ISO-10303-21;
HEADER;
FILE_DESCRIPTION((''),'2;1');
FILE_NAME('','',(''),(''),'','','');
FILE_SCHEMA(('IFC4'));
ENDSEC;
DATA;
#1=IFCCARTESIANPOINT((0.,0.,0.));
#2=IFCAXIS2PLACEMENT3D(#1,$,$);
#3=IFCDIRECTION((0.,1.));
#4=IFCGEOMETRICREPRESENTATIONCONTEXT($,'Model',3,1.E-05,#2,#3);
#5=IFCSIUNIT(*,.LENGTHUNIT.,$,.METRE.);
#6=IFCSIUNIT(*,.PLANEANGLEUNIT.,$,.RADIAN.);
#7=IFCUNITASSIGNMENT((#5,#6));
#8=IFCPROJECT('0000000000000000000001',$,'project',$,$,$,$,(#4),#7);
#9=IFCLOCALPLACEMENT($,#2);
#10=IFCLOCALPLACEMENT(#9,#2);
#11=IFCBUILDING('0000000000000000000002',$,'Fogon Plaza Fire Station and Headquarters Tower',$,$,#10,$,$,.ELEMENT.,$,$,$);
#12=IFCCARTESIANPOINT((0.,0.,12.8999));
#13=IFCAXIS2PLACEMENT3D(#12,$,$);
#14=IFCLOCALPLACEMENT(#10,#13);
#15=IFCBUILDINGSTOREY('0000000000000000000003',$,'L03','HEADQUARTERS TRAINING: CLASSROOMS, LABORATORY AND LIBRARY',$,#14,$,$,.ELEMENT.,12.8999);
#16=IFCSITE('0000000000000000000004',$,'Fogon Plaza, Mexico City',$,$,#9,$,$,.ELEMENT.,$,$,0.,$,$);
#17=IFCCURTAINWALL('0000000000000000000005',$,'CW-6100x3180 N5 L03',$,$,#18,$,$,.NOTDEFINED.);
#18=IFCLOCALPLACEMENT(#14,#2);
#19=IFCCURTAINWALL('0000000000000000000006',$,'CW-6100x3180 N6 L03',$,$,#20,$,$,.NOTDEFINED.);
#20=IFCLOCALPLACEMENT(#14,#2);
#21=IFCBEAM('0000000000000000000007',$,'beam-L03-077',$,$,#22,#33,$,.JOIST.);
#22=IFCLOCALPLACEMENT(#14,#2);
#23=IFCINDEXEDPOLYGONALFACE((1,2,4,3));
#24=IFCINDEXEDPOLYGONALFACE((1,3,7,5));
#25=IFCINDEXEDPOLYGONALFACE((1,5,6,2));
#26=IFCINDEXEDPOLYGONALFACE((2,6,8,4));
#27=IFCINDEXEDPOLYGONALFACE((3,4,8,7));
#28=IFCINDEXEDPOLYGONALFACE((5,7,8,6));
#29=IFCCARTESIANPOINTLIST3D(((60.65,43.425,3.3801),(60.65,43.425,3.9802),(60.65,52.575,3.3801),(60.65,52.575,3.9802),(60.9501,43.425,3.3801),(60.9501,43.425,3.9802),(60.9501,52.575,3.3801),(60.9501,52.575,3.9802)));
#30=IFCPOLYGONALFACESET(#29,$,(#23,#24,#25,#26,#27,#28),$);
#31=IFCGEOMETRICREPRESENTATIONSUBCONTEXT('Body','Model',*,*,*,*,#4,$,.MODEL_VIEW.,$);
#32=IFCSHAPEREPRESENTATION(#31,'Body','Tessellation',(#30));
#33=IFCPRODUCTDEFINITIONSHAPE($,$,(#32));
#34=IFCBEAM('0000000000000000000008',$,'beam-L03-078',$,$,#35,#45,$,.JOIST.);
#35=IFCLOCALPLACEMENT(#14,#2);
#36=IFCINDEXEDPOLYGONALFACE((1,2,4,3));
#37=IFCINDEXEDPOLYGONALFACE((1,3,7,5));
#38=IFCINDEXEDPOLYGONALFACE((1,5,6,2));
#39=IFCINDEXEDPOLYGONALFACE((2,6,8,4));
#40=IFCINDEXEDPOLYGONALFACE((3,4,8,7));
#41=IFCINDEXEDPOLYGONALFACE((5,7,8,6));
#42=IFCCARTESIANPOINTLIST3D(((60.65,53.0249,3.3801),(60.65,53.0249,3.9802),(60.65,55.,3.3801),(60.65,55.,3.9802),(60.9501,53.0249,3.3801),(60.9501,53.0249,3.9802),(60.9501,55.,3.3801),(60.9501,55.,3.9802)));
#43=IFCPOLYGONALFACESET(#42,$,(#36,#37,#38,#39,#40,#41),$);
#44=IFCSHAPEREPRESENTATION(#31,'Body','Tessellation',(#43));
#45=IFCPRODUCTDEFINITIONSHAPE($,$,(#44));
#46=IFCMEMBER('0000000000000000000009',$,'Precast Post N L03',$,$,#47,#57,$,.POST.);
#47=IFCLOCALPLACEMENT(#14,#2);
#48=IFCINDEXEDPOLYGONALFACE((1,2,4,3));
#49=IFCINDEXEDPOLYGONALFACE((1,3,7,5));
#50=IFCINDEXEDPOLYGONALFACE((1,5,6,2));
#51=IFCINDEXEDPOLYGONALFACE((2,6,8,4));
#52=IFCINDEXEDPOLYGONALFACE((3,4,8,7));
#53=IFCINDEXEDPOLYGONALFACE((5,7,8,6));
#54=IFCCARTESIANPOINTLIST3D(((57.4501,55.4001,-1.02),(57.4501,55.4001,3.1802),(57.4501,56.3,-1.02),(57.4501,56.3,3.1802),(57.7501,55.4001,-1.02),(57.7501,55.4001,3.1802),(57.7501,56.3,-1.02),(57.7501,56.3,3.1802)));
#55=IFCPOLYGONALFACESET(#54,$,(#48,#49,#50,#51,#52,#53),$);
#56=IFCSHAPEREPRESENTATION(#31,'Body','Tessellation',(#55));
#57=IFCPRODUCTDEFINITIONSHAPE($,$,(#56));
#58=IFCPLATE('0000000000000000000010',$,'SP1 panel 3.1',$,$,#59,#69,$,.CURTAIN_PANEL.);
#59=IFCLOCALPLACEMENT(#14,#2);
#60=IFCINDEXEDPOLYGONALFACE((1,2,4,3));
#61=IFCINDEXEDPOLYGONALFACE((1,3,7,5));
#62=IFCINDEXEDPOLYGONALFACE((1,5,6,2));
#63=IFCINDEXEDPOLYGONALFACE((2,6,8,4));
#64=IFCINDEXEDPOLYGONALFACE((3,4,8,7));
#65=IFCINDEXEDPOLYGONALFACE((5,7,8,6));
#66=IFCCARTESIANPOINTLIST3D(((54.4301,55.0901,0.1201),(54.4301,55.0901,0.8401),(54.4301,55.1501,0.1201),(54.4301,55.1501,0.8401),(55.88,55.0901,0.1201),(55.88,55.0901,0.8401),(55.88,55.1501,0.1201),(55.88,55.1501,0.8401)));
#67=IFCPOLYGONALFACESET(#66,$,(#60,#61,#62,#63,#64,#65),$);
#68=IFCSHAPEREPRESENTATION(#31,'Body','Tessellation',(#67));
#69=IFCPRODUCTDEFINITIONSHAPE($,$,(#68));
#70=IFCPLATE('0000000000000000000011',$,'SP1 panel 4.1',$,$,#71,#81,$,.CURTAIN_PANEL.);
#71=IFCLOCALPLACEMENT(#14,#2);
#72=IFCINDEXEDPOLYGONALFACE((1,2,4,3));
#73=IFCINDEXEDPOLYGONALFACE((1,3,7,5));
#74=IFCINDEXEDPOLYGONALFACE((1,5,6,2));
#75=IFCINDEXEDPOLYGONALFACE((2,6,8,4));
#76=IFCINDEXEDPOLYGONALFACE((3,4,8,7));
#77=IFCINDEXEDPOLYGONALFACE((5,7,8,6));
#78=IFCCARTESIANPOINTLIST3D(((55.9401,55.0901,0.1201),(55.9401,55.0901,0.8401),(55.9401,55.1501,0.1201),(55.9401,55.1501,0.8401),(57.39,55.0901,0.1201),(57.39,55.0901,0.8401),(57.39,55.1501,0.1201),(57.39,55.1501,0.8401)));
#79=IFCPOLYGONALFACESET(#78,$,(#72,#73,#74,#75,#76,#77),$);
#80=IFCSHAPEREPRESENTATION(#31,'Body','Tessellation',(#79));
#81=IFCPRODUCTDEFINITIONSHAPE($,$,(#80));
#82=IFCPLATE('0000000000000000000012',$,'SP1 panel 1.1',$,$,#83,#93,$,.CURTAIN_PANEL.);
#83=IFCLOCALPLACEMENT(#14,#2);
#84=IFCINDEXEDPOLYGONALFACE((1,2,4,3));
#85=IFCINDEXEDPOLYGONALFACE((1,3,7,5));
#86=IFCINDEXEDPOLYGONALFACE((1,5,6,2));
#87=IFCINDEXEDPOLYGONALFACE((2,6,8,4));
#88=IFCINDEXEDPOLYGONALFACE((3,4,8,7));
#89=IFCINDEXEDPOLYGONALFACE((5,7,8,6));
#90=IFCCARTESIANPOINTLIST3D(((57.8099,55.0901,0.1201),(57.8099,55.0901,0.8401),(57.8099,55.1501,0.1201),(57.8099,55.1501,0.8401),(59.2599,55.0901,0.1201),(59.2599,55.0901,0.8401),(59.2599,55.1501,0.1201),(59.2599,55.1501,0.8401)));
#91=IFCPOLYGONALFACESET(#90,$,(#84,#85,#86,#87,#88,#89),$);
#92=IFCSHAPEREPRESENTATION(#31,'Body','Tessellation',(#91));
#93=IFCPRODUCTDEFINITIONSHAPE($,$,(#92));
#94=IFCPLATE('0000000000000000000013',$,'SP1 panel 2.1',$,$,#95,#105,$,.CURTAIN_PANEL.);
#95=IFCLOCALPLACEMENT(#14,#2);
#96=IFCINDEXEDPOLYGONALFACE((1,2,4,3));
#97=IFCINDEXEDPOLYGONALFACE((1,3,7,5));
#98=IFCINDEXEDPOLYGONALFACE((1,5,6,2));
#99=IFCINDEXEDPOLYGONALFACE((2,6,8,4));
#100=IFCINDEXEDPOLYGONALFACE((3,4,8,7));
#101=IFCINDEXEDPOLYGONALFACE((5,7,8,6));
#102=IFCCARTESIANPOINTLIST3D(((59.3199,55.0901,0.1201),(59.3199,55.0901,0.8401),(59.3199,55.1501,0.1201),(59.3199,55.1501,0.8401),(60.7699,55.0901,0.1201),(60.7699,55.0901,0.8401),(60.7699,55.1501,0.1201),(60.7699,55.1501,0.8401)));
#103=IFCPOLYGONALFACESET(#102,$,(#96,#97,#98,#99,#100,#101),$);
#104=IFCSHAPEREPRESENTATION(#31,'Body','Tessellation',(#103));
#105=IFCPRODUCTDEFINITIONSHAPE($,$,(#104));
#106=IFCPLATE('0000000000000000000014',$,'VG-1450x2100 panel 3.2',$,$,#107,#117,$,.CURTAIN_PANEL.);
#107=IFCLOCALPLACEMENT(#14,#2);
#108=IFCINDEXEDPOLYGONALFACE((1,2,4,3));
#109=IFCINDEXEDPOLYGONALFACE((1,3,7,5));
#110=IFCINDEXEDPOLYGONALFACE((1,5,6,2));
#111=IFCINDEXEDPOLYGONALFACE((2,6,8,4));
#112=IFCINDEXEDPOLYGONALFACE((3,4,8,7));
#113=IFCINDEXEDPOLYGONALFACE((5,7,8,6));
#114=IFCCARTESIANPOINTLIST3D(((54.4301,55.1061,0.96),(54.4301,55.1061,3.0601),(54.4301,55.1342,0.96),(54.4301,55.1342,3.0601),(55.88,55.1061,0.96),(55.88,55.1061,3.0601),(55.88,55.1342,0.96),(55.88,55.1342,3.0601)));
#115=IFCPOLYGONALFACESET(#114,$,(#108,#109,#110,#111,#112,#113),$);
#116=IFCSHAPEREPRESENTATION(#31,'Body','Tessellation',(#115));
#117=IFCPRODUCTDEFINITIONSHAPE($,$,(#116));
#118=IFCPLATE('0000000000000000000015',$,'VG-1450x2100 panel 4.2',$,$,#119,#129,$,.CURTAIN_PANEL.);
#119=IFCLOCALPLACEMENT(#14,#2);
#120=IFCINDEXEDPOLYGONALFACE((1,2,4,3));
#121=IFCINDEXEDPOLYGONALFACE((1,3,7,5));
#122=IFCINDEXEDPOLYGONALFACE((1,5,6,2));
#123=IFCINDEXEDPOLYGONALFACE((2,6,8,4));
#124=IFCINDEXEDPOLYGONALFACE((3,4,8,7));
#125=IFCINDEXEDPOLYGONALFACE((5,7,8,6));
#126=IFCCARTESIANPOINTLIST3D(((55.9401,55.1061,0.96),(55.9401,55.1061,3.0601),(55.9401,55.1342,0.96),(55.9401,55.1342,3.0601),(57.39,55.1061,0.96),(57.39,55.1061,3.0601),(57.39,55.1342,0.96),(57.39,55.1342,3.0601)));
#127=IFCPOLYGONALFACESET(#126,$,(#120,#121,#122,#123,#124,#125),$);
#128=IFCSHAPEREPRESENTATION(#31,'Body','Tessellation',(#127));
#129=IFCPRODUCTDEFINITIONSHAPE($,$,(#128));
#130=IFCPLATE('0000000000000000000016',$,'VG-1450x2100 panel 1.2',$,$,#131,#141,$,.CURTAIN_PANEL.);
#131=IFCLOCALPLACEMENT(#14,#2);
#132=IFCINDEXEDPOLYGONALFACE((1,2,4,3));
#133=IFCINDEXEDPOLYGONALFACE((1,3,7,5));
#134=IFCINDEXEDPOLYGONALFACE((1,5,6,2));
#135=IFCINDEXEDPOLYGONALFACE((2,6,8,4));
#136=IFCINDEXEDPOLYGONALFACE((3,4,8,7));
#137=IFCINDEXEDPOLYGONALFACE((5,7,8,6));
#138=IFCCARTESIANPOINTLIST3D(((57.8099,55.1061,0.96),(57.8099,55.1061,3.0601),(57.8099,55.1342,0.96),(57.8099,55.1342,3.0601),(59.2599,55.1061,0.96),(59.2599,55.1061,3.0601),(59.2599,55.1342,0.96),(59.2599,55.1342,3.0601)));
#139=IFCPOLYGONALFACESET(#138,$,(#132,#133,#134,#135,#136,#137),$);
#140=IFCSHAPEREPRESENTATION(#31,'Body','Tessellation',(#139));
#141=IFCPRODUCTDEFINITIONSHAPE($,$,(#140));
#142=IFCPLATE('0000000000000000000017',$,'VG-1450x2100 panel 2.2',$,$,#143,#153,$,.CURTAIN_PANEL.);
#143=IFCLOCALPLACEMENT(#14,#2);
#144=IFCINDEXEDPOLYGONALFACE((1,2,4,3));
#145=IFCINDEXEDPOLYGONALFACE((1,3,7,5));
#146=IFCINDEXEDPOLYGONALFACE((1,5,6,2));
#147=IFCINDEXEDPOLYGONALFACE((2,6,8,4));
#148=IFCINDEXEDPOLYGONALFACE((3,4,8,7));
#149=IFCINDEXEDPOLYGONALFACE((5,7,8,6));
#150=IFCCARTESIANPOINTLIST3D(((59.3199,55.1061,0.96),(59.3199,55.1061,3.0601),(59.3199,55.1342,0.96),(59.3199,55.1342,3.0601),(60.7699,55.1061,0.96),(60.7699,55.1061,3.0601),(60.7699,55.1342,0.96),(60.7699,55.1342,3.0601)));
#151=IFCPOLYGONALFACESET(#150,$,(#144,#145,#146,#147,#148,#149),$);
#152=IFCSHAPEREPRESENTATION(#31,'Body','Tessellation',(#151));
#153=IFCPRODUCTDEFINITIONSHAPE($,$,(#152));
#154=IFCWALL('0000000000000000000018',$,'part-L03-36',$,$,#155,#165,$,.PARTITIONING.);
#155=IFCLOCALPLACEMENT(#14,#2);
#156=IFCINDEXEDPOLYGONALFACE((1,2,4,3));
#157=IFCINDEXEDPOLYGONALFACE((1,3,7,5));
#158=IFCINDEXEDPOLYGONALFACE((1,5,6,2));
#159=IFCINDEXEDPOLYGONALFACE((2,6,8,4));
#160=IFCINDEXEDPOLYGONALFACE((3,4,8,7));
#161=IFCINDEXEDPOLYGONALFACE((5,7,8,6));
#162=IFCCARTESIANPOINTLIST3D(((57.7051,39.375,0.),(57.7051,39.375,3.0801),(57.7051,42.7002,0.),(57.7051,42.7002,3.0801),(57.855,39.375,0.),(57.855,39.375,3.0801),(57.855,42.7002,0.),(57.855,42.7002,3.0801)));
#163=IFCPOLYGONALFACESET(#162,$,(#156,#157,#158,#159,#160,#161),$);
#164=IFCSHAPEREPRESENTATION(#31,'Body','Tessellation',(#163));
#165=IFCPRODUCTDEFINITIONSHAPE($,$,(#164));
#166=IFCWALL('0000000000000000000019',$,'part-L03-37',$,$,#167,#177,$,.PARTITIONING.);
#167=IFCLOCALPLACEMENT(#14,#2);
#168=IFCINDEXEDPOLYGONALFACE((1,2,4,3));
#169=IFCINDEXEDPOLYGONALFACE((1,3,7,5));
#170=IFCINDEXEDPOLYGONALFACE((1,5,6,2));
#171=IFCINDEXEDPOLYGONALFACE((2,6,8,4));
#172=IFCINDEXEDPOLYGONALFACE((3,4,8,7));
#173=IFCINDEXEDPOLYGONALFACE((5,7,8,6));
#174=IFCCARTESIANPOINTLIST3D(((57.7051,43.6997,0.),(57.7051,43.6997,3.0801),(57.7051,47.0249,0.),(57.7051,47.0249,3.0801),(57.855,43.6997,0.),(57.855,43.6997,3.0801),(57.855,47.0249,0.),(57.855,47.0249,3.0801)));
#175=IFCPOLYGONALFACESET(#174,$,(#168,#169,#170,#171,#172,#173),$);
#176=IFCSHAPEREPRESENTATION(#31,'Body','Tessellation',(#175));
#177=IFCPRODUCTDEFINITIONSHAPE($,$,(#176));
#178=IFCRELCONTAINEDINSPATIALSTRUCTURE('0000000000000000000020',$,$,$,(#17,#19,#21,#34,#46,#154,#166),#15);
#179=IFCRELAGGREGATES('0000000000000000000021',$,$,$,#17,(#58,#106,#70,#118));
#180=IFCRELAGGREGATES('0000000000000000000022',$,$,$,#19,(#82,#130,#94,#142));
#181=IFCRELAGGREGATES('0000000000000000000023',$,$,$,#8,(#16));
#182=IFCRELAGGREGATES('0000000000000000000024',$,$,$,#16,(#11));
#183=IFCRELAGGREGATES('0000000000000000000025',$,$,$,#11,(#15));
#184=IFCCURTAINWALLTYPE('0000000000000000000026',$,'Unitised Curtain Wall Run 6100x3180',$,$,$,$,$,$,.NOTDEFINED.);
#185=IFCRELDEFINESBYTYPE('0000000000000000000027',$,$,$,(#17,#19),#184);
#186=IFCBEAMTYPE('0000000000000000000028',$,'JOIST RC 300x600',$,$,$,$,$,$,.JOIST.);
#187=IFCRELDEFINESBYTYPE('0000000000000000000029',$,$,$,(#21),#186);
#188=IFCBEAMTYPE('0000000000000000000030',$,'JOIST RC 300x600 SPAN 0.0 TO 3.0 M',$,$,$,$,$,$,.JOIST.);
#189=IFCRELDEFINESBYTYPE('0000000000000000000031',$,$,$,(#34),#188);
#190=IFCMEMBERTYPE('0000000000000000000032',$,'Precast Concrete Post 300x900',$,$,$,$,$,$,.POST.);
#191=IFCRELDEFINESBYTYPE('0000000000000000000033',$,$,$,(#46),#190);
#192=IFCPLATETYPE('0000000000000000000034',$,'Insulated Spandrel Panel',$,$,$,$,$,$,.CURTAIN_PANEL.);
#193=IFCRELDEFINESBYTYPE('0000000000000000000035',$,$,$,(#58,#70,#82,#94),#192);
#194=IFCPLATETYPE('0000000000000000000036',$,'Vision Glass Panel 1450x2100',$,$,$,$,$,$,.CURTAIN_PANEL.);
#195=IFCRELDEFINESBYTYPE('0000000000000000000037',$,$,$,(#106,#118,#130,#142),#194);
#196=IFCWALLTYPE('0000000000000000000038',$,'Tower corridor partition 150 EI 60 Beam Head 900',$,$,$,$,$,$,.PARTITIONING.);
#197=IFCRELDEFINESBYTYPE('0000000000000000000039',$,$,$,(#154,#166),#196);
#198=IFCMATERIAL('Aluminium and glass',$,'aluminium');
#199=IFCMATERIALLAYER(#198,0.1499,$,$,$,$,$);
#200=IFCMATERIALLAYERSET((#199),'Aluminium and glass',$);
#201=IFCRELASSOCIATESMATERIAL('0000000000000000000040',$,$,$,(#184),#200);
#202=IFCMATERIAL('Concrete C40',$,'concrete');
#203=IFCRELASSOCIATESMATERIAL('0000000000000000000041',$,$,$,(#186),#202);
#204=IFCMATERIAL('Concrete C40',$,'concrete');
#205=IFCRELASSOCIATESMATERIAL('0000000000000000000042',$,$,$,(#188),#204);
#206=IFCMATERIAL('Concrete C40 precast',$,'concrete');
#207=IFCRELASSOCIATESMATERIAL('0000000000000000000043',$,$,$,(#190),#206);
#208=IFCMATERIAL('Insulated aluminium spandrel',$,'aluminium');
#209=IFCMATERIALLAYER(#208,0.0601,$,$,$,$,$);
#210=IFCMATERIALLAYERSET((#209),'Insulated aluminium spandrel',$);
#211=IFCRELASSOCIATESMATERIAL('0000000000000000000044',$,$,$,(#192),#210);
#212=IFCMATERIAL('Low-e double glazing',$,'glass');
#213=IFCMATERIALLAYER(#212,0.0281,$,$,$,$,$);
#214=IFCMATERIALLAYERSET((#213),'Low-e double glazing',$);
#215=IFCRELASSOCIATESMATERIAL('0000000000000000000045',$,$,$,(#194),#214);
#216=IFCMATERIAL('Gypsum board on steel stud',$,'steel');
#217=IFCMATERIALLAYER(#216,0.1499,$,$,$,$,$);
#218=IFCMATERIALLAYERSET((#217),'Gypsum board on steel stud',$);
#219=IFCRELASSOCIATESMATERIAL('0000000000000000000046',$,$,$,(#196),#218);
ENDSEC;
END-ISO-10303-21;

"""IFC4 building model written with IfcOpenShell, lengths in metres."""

from ifc_helpers import new_model, si_unit, direction, frame, frame_2d, origin, origin_2d, place, context, subcontext, project, spatial, rectangle, extrude, material, layer, layer_set, material_profile, profile_set, type_object, element, aggregate, save


model = new_model("IFC4")

# Units and contexts
model_context = context("Model", 3, precision=1e-05, world=origin(), true_north=direction((0.0, 1.0)))
body_context = subcontext(model_context, "Body", "Model", "MODEL_VIEW")
ifc_project = project(units=[si_unit("LENGTHUNIT", "METRE"), si_unit("PLANEANGLEUNIT", "RADIAN")], contexts=[model_context])

# Site, building, storey
site_placement = place(None, origin())
site = spatial("IfcSite", under=ifc_project, at=site_placement, Name="Fogon Plaza, Mexico City", CompositionType="ELEMENT", RefElevation=0.0)
building_placement = place(site_placement, origin())
building = spatial("IfcBuilding", under=site, at=building_placement, Name="Fogon Plaza Fire Station and Headquarters Tower", CompositionType="ELEMENT")
storey_placement = place(building_placement, frame((0.0, 0.0, 12.8999)))
storey = spatial("IfcBuildingStorey", under=building, at=storey_placement, Name="L03", Description="HEADQUARTERS TRAINING: CLASSROOMS, LABORATORY AND LIBRARY", CompositionType="ELEMENT", Elevation=12.8999)

# Curtain walls
ifc_material_1 = material(Name="Aluminium and glass", Category="aluminium")
ifc_layer_1 = layer(ifc_material_1, 0.1499)
ifc_layer_set_1 = layer_set([ifc_layer_1], Name="Aluminium and glass")
curtain_wall_type = type_object("IfcCurtainWallType", Name="Unitised Curtain Wall Run 6100x3180", PredefinedType="NOTDEFINED", material=ifc_layer_set_1)
curtain_wall_1_placement = place(storey_placement, origin())
curtain_wall_1 = element("IfcCurtainWall", 1, at=curtain_wall_1_placement, inside=storey, type_object=curtain_wall_type, Name="CW-6100x3180 N5 L03", PredefinedType="NOTDEFINED")
curtain_wall_2_placement = place(storey_placement, origin())
curtain_wall_2 = element("IfcCurtainWall", 2, at=curtain_wall_2_placement, inside=storey, type_object=curtain_wall_type, Name="CW-6100x3180 N6 L03", PredefinedType="NOTDEFINED")

# Beams
ifc_material_2 = material(Name="Concrete C40", Category="concrete")
ifc_material_profile_1 = material_profile(ifc_material_2, rectangle(XDim=0.3, YDim=0.6001, at=origin_2d()), Name="RC 300x600")
ifc_profile_set_1 = profile_set([ifc_material_profile_1], Name="Concrete C40")
beam_type_1 = type_object("IfcBeamType", Name="JOIST RC 300x600", PredefinedType="JOIST", material=ifc_profile_set_1)
beam_1_placement = place(storey_placement, frame((60.8, 43.425, 3.6802), z_axis=(0.0, 1.0, 0.0), x_axis=(-1.0, 0.0, 0.0)))
element("IfcBeam", 3, at=beam_1_placement, inside=storey, type_object=beam_type_1, Name="beam-L03-077", PredefinedType="JOIST", context=body_context, shape_type="SweptSolid", body=[
    extrude(rectangle(XDim=0.3, YDim=0.6001, at=origin_2d()), origin(), (0.0, 0.0, 1.0), 9.1499),
])
ifc_material_3 = material(Name="Concrete C40", Category="concrete")
ifc_material_profile_2 = material_profile(ifc_material_3, rectangle(XDim=0.3, YDim=0.6001, at=origin_2d()), Name="RC 300x600")
ifc_profile_set_2 = profile_set([ifc_material_profile_2], Name="Concrete C40")
beam_type_2 = type_object("IfcBeamType", Name="JOIST RC 300x600 SPAN 0.0 TO 3.0 M", PredefinedType="JOIST", material=ifc_profile_set_2)
beam_2_placement = place(storey_placement, frame((60.8, 53.0249, 3.6802), z_axis=(0.0, 1.0, 0.0), x_axis=(-1.0, 0.0, 0.0)))
element("IfcBeam", 4, at=beam_2_placement, inside=storey, type_object=beam_type_2, Name="beam-L03-078", PredefinedType="JOIST", context=body_context, shape_type="SweptSolid", body=[
    extrude(rectangle(XDim=0.3, YDim=0.6001, at=origin_2d()), origin(), (0.0, 0.0, 1.0), 1.9751),
])

# Member
ifc_material_4 = material(Name="Concrete C40 precast", Category="concrete")
ifc_material_profile_3 = material_profile(ifc_material_4, rectangle(XDim=0.3, YDim=0.8999, at=origin_2d()), Name="Precast Concrete Post 300x900")
ifc_profile_set_3 = profile_set([ifc_material_profile_3], Name="Concrete C40 precast")
member_type_1 = type_object("IfcMemberType", Name="Precast Concrete Post 300x900", PredefinedType="POST", material=ifc_profile_set_3)
member_1_placement = place(storey_placement, frame((57.6001, 55.8501, -1.02), z_axis=(0.0, 0.0, 1.0), x_axis=(1.0, 0.0, 0.0)))
element("IfcMember", 5, at=member_1_placement, inside=storey, type_object=member_type_1, Name="Precast Post N L03", PredefinedType="POST", context=body_context, shape_type="SweptSolid", body=[
    extrude(rectangle(XDim=0.3, YDim=0.8999, at=origin_2d()), origin(), (0.0, 0.0, 1.0), 4.2002),
])

# Plates
ifc_material_5 = material(Name="Insulated aluminium spandrel", Category="aluminium")
ifc_layer_2 = layer(ifc_material_5, 0.0601)
ifc_layer_set_2 = layer_set([ifc_layer_2], Name="Insulated aluminium spandrel")
plate_type_1 = type_object("IfcPlateType", Name="Insulated Spandrel Panel", PredefinedType="CURTAIN_PANEL", material=ifc_layer_set_2)
plate_1_placement = place(storey_placement, frame((55.155, 55.1201, 0.1201), z_axis=(0.0, 0.0, 1.0), x_axis=(1.0, 0.0, 0.0)))
plate_1 = element("IfcPlate", 6, at=plate_1_placement, type_object=plate_type_1, Name="SP1 panel 3.1", PredefinedType="CURTAIN_PANEL", context=body_context, shape_type="SweptSolid", body=[
    extrude(rectangle(XDim=1.45, YDim=0.0601, at=origin_2d()), origin(), (0.0, 0.0, 1.0), 0.72),
])
plate_2_placement = place(storey_placement, frame((56.665, 55.1201, 0.1201), z_axis=(0.0, 0.0, 1.0), x_axis=(1.0, 0.0, 0.0)))
plate_2 = element("IfcPlate", 7, at=plate_2_placement, type_object=plate_type_1, Name="SP1 panel 4.1", PredefinedType="CURTAIN_PANEL", context=body_context, shape_type="SweptSolid", body=[
    extrude(rectangle(XDim=1.45, YDim=0.0601, at=origin_2d()), origin(), (0.0, 0.0, 1.0), 0.72),
])
plate_3_placement = place(storey_placement, frame((58.5349, 55.1201, 0.1201), z_axis=(0.0, 0.0, 1.0), x_axis=(1.0, 0.0, 0.0)))
plate_3 = element("IfcPlate", 8, at=plate_3_placement, type_object=plate_type_1, Name="SP1 panel 1.1", PredefinedType="CURTAIN_PANEL", context=body_context, shape_type="SweptSolid", body=[
    extrude(rectangle(XDim=1.45, YDim=0.0601, at=origin_2d()), origin(), (0.0, 0.0, 1.0), 0.72),
])
plate_4_placement = place(storey_placement, frame((60.0449, 55.1201, 0.1201), z_axis=(0.0, 0.0, 1.0), x_axis=(1.0, 0.0, 0.0)))
plate_4 = element("IfcPlate", 9, at=plate_4_placement, type_object=plate_type_1, Name="SP1 panel 2.1", PredefinedType="CURTAIN_PANEL", context=body_context, shape_type="SweptSolid", body=[
    extrude(rectangle(XDim=1.45, YDim=0.0601, at=origin_2d()), origin(), (0.0, 0.0, 1.0), 0.72),
])
ifc_material_6 = material(Name="Low-e double glazing", Category="glass")
ifc_layer_3 = layer(ifc_material_6, 0.0281)
ifc_layer_set_3 = layer_set([ifc_layer_3], Name="Low-e double glazing")
plate_type_2 = type_object("IfcPlateType", Name="Vision Glass Panel 1450x2100", PredefinedType="CURTAIN_PANEL", material=ifc_layer_set_3)
plate_5_placement = place(storey_placement, frame((55.155, 55.1201, 0.96), z_axis=(0.0, 0.0, 1.0), x_axis=(1.0, 0.0, 0.0)))
plate_5 = element("IfcPlate", 10, at=plate_5_placement, type_object=plate_type_2, Name="VG-1450x2100 panel 3.2", PredefinedType="CURTAIN_PANEL", context=body_context, shape_type="SweptSolid", body=[
    extrude(rectangle(XDim=1.45, YDim=0.0281, at=origin_2d()), origin(), (0.0, 0.0, 1.0), 2.1001),
])
plate_6_placement = place(storey_placement, frame((56.665, 55.1201, 0.96), z_axis=(0.0, 0.0, 1.0), x_axis=(1.0, 0.0, 0.0)))
plate_6 = element("IfcPlate", 11, at=plate_6_placement, type_object=plate_type_2, Name="VG-1450x2100 panel 4.2", PredefinedType="CURTAIN_PANEL", context=body_context, shape_type="SweptSolid", body=[
    extrude(rectangle(XDim=1.45, YDim=0.0281, at=origin_2d()), origin(), (0.0, 0.0, 1.0), 2.1001),
])
aggregate(curtain_wall_1, [plate_1, plate_5, plate_2, plate_6])
plate_7_placement = place(storey_placement, frame((58.5349, 55.1201, 0.96), z_axis=(0.0, 0.0, 1.0), x_axis=(1.0, 0.0, 0.0)))
plate_7 = element("IfcPlate", 12, at=plate_7_placement, type_object=plate_type_2, Name="VG-1450x2100 panel 1.2", PredefinedType="CURTAIN_PANEL", context=body_context, shape_type="SweptSolid", body=[
    extrude(rectangle(XDim=1.45, YDim=0.0281, at=origin_2d()), origin(), (0.0, 0.0, 1.0), 2.1001),
])
plate_8_placement = place(storey_placement, frame((60.0449, 55.1201, 0.96), z_axis=(0.0, 0.0, 1.0), x_axis=(1.0, 0.0, 0.0)))
plate_8 = element("IfcPlate", 13, at=plate_8_placement, type_object=plate_type_2, Name="VG-1450x2100 panel 2.2", PredefinedType="CURTAIN_PANEL", context=body_context, shape_type="SweptSolid", body=[
    extrude(rectangle(XDim=1.45, YDim=0.0281, at=origin_2d()), origin(), (0.0, 0.0, 1.0), 2.1001),
])
aggregate(curtain_wall_2, [plate_3, plate_7, plate_4, plate_8])

# Walls
ifc_material_7 = material(Name="Gypsum board on steel stud", Category="steel")
ifc_layer_4 = layer(ifc_material_7, 0.1499)
ifc_layer_set_4 = layer_set([ifc_layer_4], Name="Gypsum board on steel stud")
wall_type = type_object("IfcWallType", Name="Tower corridor partition 150 EI 60 Beam Head 900", PredefinedType="PARTITIONING", material=ifc_layer_set_4)
for number, where, z_axis, x_axis, name in (
    (14, (57.78, 39.375, 0.0), (0.0, 0.0, 1.0), (0.0, 1.0, 0.0), "part-L03-36"),
    (15, (57.78, 43.6997, 0.0), (0.0, 0.0, 1.0), (0.0, 1.0, 0.0), "part-L03-37"),
):
    element("IfcWall", number, at=place(storey_placement, frame(where, z_axis=z_axis, x_axis=x_axis)), inside=storey, type_object=wall_type, Name=name, PredefinedType="PARTITIONING", context=body_context, shape_type="SweptSolid", body=[
        extrude(rectangle(XDim=3.3252, YDim=0.1499, at=frame_2d((1.6626, 0.0))), origin(), (0.0, 0.0, 1.0), 3.0801),
    ])

save(model, "model.ifc")
